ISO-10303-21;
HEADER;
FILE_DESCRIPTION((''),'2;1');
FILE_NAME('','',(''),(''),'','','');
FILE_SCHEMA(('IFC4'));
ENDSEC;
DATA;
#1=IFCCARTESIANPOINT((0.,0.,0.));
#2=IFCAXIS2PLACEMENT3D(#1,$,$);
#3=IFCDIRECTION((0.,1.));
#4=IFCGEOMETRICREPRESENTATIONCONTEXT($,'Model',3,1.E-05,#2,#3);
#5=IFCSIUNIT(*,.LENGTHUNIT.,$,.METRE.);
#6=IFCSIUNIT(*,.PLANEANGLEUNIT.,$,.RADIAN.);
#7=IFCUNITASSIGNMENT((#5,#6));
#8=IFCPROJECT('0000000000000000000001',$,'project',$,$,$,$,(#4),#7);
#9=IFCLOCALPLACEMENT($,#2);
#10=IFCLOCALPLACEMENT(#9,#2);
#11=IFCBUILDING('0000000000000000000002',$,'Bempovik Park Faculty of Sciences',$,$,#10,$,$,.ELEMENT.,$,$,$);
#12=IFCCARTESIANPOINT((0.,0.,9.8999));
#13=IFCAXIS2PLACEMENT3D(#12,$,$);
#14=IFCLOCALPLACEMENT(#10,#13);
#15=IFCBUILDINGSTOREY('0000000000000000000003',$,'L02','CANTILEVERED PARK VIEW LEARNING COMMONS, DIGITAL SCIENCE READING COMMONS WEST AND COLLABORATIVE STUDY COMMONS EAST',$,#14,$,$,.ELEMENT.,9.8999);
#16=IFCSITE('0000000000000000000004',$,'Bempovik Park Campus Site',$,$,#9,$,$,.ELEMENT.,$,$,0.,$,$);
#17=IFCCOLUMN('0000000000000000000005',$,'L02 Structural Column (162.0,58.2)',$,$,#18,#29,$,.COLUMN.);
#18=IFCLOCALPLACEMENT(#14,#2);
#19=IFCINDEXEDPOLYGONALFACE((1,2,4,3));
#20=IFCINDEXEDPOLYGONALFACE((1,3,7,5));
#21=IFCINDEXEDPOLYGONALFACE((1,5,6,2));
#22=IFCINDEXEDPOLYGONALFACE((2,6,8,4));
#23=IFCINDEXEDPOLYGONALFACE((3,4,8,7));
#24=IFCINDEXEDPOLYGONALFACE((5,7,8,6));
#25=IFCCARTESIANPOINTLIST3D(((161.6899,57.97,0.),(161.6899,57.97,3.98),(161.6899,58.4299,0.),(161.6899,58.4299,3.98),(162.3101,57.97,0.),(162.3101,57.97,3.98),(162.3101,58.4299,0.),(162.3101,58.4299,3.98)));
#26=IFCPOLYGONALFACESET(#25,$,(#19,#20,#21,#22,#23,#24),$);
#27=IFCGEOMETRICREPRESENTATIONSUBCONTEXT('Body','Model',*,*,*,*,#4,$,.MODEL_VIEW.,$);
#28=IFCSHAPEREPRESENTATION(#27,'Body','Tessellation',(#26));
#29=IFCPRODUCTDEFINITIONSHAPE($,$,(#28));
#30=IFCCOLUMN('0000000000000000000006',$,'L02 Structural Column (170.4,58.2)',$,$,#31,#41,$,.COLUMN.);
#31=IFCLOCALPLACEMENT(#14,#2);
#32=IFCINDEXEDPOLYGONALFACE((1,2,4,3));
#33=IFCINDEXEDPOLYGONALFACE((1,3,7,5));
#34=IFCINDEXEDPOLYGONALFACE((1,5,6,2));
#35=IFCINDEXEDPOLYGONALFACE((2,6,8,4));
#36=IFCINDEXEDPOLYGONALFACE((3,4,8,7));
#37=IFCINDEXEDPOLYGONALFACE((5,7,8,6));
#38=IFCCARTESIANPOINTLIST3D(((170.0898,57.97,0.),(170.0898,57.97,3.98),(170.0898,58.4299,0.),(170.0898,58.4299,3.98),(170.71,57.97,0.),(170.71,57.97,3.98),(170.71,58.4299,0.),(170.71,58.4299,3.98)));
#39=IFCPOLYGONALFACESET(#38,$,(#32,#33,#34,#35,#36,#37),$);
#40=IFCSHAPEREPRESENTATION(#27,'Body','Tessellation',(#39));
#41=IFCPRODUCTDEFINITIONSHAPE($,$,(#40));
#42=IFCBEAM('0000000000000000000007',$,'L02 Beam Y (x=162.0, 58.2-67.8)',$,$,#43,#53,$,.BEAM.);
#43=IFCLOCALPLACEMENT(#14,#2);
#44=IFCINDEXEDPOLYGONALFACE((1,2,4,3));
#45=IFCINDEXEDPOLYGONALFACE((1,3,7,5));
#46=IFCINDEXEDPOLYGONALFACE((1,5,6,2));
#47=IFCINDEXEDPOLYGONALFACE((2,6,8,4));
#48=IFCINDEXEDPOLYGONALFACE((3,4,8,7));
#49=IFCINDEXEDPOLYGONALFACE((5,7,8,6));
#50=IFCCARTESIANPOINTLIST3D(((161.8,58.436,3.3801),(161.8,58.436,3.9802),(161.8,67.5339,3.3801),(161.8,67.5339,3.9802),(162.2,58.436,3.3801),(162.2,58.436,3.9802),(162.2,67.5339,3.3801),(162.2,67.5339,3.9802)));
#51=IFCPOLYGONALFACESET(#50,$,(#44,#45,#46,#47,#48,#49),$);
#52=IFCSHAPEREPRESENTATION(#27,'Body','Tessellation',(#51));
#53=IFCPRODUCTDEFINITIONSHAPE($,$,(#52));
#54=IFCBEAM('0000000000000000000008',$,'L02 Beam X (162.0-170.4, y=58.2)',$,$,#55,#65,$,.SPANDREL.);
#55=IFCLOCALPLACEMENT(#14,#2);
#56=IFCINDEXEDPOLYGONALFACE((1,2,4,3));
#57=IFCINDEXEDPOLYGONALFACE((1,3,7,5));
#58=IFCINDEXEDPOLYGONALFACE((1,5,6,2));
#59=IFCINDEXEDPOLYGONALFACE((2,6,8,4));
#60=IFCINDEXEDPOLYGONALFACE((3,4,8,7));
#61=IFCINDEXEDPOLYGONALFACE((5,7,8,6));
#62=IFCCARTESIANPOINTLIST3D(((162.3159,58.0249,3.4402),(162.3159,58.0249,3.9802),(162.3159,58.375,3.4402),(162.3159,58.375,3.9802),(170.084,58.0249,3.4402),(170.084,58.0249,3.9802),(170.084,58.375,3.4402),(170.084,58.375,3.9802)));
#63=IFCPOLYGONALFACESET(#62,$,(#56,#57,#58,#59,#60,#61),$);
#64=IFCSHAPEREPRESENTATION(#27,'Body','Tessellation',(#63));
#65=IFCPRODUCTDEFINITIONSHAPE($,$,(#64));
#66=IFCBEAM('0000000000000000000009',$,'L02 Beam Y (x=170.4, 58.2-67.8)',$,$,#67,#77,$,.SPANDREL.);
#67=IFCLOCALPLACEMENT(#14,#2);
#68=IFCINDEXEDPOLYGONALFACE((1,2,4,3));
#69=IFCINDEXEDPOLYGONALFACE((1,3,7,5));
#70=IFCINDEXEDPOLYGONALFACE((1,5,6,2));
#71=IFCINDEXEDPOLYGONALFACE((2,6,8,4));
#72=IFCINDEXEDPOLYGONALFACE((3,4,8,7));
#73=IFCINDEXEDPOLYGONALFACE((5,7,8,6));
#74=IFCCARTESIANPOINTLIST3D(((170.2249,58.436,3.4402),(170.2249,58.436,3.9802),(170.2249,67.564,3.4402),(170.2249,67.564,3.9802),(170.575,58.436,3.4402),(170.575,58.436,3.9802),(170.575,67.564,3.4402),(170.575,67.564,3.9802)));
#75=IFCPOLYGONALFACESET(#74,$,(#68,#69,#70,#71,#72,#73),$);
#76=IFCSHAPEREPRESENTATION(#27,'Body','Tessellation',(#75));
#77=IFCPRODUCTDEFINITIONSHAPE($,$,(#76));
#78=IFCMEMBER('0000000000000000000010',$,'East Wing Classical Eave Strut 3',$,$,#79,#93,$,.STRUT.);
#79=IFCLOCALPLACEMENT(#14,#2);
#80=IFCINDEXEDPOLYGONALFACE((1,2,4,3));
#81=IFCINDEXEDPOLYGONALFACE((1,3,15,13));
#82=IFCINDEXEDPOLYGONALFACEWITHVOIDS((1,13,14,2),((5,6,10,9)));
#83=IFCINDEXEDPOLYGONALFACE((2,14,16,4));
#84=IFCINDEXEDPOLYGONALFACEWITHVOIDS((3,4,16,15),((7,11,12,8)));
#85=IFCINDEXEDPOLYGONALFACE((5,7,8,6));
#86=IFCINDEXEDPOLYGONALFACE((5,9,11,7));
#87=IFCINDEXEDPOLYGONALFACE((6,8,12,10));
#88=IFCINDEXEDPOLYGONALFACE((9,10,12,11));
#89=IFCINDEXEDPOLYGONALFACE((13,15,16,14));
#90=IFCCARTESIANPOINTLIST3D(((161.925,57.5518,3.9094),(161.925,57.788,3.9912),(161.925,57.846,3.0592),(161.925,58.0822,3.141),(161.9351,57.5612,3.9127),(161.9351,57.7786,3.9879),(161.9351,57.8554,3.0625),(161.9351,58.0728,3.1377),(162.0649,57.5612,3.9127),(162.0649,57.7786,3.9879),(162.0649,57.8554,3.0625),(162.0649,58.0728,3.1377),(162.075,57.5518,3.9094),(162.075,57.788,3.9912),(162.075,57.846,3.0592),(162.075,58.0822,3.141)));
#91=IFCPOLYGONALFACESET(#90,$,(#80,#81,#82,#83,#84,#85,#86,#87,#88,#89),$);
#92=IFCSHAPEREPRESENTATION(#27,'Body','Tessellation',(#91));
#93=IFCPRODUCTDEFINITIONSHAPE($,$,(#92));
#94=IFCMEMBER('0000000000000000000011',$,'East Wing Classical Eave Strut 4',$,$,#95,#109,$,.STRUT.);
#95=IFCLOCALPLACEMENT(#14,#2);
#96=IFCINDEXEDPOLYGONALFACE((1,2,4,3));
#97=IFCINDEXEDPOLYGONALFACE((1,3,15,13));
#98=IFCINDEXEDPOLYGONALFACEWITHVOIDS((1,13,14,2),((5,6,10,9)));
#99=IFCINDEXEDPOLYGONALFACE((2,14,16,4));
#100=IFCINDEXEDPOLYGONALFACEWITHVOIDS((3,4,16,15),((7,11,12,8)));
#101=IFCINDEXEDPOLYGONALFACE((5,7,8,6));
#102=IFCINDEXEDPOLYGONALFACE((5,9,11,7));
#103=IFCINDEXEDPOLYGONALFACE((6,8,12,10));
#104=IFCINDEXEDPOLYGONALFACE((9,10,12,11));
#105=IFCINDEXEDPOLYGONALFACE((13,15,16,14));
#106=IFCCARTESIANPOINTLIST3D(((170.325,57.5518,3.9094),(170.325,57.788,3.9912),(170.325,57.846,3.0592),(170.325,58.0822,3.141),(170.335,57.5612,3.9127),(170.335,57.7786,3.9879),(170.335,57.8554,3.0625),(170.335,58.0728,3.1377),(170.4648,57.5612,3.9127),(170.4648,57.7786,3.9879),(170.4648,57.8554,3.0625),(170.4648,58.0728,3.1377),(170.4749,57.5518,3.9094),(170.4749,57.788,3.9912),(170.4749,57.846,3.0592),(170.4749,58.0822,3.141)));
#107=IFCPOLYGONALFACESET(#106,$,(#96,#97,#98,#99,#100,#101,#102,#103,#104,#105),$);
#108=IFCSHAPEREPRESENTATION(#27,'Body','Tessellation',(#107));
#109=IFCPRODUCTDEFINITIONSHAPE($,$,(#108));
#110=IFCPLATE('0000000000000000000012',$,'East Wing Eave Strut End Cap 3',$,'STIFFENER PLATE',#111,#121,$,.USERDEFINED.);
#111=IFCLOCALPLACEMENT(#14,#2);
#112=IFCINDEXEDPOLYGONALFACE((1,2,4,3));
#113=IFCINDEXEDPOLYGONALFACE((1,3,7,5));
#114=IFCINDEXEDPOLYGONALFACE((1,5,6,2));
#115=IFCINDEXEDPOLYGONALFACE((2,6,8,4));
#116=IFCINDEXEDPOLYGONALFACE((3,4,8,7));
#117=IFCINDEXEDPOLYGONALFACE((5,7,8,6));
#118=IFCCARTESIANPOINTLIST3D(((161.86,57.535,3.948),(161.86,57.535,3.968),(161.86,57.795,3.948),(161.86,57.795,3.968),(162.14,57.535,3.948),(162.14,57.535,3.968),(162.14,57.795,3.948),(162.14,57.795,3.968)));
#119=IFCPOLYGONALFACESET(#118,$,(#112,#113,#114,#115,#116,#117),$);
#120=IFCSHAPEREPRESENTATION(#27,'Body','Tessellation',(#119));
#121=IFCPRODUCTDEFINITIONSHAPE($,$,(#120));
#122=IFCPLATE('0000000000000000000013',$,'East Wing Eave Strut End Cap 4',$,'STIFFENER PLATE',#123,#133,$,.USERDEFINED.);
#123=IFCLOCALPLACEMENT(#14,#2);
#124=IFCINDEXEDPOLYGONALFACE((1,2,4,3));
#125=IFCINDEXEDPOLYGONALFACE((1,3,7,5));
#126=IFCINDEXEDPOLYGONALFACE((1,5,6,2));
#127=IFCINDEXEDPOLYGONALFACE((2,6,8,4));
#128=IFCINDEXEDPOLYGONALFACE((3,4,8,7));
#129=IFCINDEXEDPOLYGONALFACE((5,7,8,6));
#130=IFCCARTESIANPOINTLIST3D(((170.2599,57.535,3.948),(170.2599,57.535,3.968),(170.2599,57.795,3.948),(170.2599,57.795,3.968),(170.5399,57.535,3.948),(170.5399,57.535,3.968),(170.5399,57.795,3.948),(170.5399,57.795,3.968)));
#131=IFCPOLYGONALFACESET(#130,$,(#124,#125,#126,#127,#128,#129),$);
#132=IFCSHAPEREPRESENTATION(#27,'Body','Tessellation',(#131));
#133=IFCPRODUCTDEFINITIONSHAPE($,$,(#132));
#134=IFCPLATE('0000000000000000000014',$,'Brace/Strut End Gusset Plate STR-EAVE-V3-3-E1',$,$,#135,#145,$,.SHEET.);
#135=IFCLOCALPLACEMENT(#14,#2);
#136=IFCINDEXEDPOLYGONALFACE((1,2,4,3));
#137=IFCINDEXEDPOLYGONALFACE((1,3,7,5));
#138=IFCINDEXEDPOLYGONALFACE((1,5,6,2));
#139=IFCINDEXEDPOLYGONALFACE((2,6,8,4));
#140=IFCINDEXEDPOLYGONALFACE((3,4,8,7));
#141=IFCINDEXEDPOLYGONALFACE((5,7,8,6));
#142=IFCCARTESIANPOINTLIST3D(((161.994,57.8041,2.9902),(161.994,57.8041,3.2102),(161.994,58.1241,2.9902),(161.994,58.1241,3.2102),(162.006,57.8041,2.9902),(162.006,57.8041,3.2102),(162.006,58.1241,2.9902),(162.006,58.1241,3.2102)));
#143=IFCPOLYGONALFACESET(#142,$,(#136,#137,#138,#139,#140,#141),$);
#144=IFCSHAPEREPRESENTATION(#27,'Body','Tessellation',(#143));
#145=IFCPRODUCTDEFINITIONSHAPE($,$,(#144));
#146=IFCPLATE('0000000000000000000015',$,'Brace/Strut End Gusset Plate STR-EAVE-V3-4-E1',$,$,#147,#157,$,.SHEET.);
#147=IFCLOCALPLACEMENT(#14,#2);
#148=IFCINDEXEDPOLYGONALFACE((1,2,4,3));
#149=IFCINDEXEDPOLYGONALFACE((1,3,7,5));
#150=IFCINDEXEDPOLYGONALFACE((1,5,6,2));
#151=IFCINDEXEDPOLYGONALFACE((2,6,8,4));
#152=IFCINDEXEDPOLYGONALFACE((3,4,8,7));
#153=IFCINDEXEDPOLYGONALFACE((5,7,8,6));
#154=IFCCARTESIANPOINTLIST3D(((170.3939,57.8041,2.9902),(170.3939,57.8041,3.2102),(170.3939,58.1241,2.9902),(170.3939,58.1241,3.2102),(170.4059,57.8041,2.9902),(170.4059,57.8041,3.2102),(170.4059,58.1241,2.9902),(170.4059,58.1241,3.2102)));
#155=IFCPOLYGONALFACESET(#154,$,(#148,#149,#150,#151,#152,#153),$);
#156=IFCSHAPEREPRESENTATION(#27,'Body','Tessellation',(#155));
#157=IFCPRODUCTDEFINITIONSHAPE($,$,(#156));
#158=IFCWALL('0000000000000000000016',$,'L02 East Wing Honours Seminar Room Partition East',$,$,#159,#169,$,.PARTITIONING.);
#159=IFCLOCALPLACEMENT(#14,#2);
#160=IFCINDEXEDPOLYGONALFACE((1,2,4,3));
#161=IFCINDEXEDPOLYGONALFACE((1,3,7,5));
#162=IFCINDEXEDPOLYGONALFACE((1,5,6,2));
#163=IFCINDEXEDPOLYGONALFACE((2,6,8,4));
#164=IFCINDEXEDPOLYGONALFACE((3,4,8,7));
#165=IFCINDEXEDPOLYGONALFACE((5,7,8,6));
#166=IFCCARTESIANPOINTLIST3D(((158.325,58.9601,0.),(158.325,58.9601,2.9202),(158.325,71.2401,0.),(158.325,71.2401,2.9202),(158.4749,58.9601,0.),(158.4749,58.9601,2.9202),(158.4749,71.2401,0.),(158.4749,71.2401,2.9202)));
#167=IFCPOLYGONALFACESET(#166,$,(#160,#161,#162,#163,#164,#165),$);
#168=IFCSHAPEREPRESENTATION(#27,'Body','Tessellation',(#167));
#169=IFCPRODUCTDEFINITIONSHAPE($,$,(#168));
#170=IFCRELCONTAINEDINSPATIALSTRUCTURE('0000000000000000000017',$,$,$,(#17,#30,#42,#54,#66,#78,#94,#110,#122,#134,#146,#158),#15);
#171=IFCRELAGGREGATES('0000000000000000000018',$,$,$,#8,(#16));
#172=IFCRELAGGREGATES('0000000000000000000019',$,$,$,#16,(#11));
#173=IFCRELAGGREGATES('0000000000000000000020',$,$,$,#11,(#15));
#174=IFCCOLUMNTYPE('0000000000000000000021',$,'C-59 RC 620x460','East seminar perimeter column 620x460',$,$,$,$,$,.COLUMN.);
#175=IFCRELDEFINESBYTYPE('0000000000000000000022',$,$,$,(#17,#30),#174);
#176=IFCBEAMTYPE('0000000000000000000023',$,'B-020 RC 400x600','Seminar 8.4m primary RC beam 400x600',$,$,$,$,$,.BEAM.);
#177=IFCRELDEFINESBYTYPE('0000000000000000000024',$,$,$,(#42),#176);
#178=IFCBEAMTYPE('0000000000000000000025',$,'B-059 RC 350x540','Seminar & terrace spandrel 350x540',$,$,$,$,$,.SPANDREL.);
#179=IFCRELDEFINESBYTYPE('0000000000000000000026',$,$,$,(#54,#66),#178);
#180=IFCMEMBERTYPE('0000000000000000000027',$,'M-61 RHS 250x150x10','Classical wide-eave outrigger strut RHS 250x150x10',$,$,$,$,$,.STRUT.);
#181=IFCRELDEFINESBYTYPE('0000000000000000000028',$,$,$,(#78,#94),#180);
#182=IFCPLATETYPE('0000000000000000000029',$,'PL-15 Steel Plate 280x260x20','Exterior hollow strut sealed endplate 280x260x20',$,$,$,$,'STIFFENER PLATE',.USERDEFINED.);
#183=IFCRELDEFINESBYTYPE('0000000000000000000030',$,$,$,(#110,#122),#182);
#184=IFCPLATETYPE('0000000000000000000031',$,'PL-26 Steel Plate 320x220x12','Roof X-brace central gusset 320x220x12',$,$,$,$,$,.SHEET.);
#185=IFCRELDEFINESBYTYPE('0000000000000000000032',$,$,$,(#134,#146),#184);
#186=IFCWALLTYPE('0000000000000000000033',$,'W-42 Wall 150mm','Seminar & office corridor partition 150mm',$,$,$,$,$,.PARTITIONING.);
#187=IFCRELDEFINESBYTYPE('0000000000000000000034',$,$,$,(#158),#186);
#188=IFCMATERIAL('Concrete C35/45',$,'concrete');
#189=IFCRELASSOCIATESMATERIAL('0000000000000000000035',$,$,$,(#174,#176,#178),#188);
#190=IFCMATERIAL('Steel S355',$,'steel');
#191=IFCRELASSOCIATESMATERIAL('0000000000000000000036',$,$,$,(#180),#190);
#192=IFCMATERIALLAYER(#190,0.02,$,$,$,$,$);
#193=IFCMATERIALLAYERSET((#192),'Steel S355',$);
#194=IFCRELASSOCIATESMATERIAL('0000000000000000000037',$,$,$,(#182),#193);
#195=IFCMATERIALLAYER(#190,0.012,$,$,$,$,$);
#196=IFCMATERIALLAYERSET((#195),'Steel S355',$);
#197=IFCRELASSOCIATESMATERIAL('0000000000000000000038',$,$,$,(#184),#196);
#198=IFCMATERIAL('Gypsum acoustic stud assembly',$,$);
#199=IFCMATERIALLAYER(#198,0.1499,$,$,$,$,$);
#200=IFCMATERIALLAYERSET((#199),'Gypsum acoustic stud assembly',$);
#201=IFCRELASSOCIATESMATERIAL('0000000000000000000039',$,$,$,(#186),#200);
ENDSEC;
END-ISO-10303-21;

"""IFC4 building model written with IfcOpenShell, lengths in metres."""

from ifc_helpers import new_model, si_unit, direction, frame, frame_2d, origin, origin_2d, place, context, subcontext, project, spatial, rectangle, hollow_rectangle, extrude, material, layer, layer_set, material_profile, profile_set, type_object, element, save


model = new_model("IFC4")

# Units and contexts
model_context = context("Model", 3, precision=1e-05, world=origin(), true_north=direction((0.0, 1.0)))
body_context = subcontext(model_context, "Body", "Model", "MODEL_VIEW")
ifc_project = project(units=[si_unit("LENGTHUNIT", "METRE"), si_unit("PLANEANGLEUNIT", "RADIAN")], contexts=[model_context])

# Site, building, storey
site_placement = place(None, origin())
site = spatial("IfcSite", under=ifc_project, at=site_placement, Name="Bempovik Park Campus Site", CompositionType="ELEMENT", RefElevation=0.0)
building_placement = place(site_placement, origin())
building = spatial("IfcBuilding", under=site, at=building_placement, Name="Bempovik Park Faculty of Sciences", CompositionType="ELEMENT")
storey_placement = place(building_placement, frame((0.0, 0.0, 9.8999)))
storey = spatial("IfcBuildingStorey", under=building, at=storey_placement, Name="L02", Description="CANTILEVERED PARK VIEW LEARNING COMMONS, DIGITAL SCIENCE READING COMMONS WEST AND COLLABORATIVE STUDY COMMONS EAST", CompositionType="ELEMENT", Elevation=9.8999)

# Columns
ifc_material_1 = material(Name="Concrete C35/45", Category="concrete")
ifc_material_profile_1 = material_profile(ifc_material_1, rectangle(XDim=0.6201, YDim=0.46, at=origin_2d()), Name="RC 620x460")
ifc_profile_set_1 = profile_set([ifc_material_profile_1], Name="Concrete C35/45")
column_type = type_object("IfcColumnType", Name="C-59 RC 620x460", Description="East seminar perimeter column 620x460", PredefinedType="COLUMN", material=ifc_profile_set_1)
for number, where, z_axis, x_axis, name in (
    (1, (162.0, 58.2, 0.0), (0.0, 0.0, 1.0), (1.0, 0.0, 0.0), "L02 Structural Column (162.0,58.2)"),
    (2, (170.3999, 58.2, 0.0), (0.0, 0.0, 1.0), (1.0, 0.0, 0.0), "L02 Structural Column (170.4,58.2)"),
):
    element("IfcColumn", number, at=place(storey_placement, frame(where, z_axis=z_axis, x_axis=x_axis)), inside=storey, type_object=column_type, Name=name, PredefinedType="COLUMN", context=body_context, shape_type="SweptSolid", body=[
        extrude(rectangle(XDim=0.6201, YDim=0.46, at=origin_2d()), origin(), (0.0, 0.0, 1.0), 3.98),
    ])

# Beams
ifc_material_profile_2 = material_profile(ifc_material_1, rectangle(XDim=0.3999, YDim=0.6001, at=origin_2d()), Name="RC 400x600")
ifc_profile_set_2 = profile_set([ifc_material_profile_2], Name="Concrete C35/45")
beam_type_1 = type_object("IfcBeamType", Name="B-020 RC 400x600", Description="Seminar 8.4m primary RC beam 400x600", PredefinedType="BEAM", material=ifc_profile_set_2)
beam_1_placement = place(storey_placement, frame((162.0, 58.436, 3.6802), z_axis=(0.0, 1.0, 0.0), x_axis=(-1.0, 0.0, 0.0)))
element("IfcBeam", 3, at=beam_1_placement, inside=storey, type_object=beam_type_1, Name="L02 Beam Y (x=162.0, 58.2-67.8)", PredefinedType="BEAM", context=body_context, shape_type="SweptSolid", body=[
    extrude(rectangle(XDim=0.3999, YDim=0.6001, at=origin_2d()), origin(), (0.0, 0.0, 1.0), 9.0979),
])
ifc_material_profile_3 = material_profile(ifc_material_1, rectangle(XDim=0.3501, YDim=0.54, at=origin_2d()), Name="RC 350x540")
ifc_profile_set_3 = profile_set([ifc_material_profile_3], Name="Concrete C35/45")
beam_type_2 = type_object("IfcBeamType", Name="B-059 RC 350x540", Description="Seminar & terrace spandrel 350x540", PredefinedType="SPANDREL", material=ifc_profile_set_3)
beam_2_placement = place(storey_placement, frame((162.3159, 58.2, 3.7102), z_axis=(1.0, 0.0, 0.0), x_axis=(0.0, 1.0, 0.0)))
element("IfcBeam", 4, at=beam_2_placement, inside=storey, type_object=beam_type_2, Name="L02 Beam X (162.0-170.4, y=58.2)", PredefinedType="SPANDREL", context=body_context, shape_type="SweptSolid", body=[
    extrude(rectangle(XDim=0.3501, YDim=0.54, at=origin_2d()), origin(), (0.0, 0.0, 1.0), 7.7681),
])
beam_3_placement = place(storey_placement, frame((170.3999, 58.436, 3.7102), z_axis=(0.0, 1.0, 0.0), x_axis=(-1.0, 0.0, 0.0)))
element("IfcBeam", 5, at=beam_3_placement, inside=storey, type_object=beam_type_2, Name="L02 Beam Y (x=170.4, 58.2-67.8)", PredefinedType="SPANDREL", context=body_context, shape_type="SweptSolid", body=[
    extrude(rectangle(XDim=0.3501, YDim=0.54, at=origin_2d()), origin(), (0.0, 0.0, 1.0), 9.1279),
])

# Members
ifc_material_2 = material(Name="Steel S355", Category="steel")
ifc_material_profile_4 = material_profile(ifc_material_2, hollow_rectangle(XDim=0.1499, YDim=0.25, WallThickness=0.01, at=origin_2d()), Name="RHS 250x150x10")
ifc_profile_set_4 = profile_set([ifc_material_profile_4], Name="Steel S355")
member_type = type_object("IfcMemberType", Name="M-61 RHS 250x150x10", Description="Classical wide-eave outrigger strut RHS 250x150x10", PredefinedType="STRUT", material=ifc_profile_set_4)
for number, where, z_axis, x_axis, name in (
    (6, (162.0, 57.9641, 3.1001), (0.0, -0.327036, 0.945012), (1.0, 0.0, 0.0), "East Wing Classical Eave Strut 3"),
    (7, (170.3999, 57.9641, 3.1001), (0.0, -0.327036, 0.945012), (1.0, 0.0, 0.0), "East Wing Classical Eave Strut 4"),
):
    element("IfcMember", number, at=place(storey_placement, frame(where, z_axis=z_axis, x_axis=x_axis)), inside=storey, type_object=member_type, Name=name, PredefinedType="STRUT", context=body_context, shape_type="SweptSolid", body=[
        extrude(hollow_rectangle(XDim=0.1499, YDim=0.25, WallThickness=0.01, at=origin_2d()), origin(), (0.0, 0.0, 1.0), 0.8997),
    ])

# Plates
ifc_layer_1 = layer(ifc_material_2, 0.02)
ifc_layer_set_1 = layer_set([ifc_layer_1], Name="Steel S355")
plate_type_1 = type_object("IfcPlateType", Name="PL-15 Steel Plate 280x260x20", Description="Exterior hollow strut sealed endplate 280x260x20", ElementType="STIFFENER PLATE", PredefinedType="USERDEFINED", material=ifc_layer_set_1)
for number, where, z_axis, x_axis, name in (
    (8, (162.0, 57.665, 3.948), (0.0, 0.0, 1.0), (1.0, 0.0, 0.0), "East Wing Eave Strut End Cap 3"),
    (9, (170.3999, 57.665, 3.948), (0.0, 0.0, 1.0), (1.0, 0.0, 0.0), "East Wing Eave Strut End Cap 4"),
):
    element("IfcPlate", number, at=place(storey_placement, frame(where, z_axis=z_axis, x_axis=x_axis)), inside=storey, type_object=plate_type_1, Name=name, ObjectType="STIFFENER PLATE", PredefinedType="USERDEFINED", context=body_context, shape_type="SweptSolid", body=[
        extrude(rectangle(XDim=0.28, YDim=0.26, at=origin_2d()), origin(), (0.0, 0.0, 1.0), 0.02),
    ])
ifc_layer_2 = layer(ifc_material_2, 0.012)
ifc_layer_set_2 = layer_set([ifc_layer_2], Name="Steel S355")
plate_type_2 = type_object("IfcPlateType", Name="PL-26 Steel Plate 320x220x12", Description="Roof X-brace central gusset 320x220x12", PredefinedType="SHEET", material=ifc_layer_set_2)
for number, where, z_axis, x_axis, name in (
    (10, (162.0, 57.9641, 2.9902), (0.0, 0.0, 1.0), (1.0, 0.0, 0.0), "Brace/Strut End Gusset Plate STR-EAVE-V3-3-E1"),
    (11, (170.3999, 57.9641, 2.9902), (0.0, 0.0, 1.0), (1.0, 0.0, 0.0), "Brace/Strut End Gusset Plate STR-EAVE-V3-4-E1"),
):
    element("IfcPlate", number, at=place(storey_placement, frame(where, z_axis=z_axis, x_axis=x_axis)), inside=storey, type_object=plate_type_2, Name=name, PredefinedType="SHEET", context=body_context, shape_type="SweptSolid", body=[
        extrude(rectangle(XDim=0.012, YDim=0.3201, at=origin_2d()), origin(), (0.0, 0.0, 1.0), 0.22),
    ])

# Wall
ifc_material_3 = material(Name="Gypsum acoustic stud assembly")
ifc_layer_3 = layer(ifc_material_3, 0.1499)
ifc_layer_set_3 = layer_set([ifc_layer_3], Name="Gypsum acoustic stud assembly")
wall_type_1 = type_object("IfcWallType", Name="W-42 Wall 150mm", Description="Seminar & office corridor partition 150mm", PredefinedType="PARTITIONING", material=ifc_layer_set_3)
wall_1_placement = place(storey_placement, frame((158.3999, 58.96, 0.0), z_axis=(0.0, 0.0, 1.0), x_axis=(0.0, 1.0, 0.0)))
element("IfcWall", 12, at=wall_1_placement, inside=storey, type_object=wall_type_1, Name="L02 East Wing Honours Seminar Room Partition East", PredefinedType="PARTITIONING", context=body_context, shape_type="SweptSolid", body=[
    extrude(rectangle(XDim=12.28, YDim=0.1499, at=frame_2d((6.1401, 0.0))), origin(), (0.0, 0.0, 1.0), 2.9202),
])

save(model, "model.ifc")
